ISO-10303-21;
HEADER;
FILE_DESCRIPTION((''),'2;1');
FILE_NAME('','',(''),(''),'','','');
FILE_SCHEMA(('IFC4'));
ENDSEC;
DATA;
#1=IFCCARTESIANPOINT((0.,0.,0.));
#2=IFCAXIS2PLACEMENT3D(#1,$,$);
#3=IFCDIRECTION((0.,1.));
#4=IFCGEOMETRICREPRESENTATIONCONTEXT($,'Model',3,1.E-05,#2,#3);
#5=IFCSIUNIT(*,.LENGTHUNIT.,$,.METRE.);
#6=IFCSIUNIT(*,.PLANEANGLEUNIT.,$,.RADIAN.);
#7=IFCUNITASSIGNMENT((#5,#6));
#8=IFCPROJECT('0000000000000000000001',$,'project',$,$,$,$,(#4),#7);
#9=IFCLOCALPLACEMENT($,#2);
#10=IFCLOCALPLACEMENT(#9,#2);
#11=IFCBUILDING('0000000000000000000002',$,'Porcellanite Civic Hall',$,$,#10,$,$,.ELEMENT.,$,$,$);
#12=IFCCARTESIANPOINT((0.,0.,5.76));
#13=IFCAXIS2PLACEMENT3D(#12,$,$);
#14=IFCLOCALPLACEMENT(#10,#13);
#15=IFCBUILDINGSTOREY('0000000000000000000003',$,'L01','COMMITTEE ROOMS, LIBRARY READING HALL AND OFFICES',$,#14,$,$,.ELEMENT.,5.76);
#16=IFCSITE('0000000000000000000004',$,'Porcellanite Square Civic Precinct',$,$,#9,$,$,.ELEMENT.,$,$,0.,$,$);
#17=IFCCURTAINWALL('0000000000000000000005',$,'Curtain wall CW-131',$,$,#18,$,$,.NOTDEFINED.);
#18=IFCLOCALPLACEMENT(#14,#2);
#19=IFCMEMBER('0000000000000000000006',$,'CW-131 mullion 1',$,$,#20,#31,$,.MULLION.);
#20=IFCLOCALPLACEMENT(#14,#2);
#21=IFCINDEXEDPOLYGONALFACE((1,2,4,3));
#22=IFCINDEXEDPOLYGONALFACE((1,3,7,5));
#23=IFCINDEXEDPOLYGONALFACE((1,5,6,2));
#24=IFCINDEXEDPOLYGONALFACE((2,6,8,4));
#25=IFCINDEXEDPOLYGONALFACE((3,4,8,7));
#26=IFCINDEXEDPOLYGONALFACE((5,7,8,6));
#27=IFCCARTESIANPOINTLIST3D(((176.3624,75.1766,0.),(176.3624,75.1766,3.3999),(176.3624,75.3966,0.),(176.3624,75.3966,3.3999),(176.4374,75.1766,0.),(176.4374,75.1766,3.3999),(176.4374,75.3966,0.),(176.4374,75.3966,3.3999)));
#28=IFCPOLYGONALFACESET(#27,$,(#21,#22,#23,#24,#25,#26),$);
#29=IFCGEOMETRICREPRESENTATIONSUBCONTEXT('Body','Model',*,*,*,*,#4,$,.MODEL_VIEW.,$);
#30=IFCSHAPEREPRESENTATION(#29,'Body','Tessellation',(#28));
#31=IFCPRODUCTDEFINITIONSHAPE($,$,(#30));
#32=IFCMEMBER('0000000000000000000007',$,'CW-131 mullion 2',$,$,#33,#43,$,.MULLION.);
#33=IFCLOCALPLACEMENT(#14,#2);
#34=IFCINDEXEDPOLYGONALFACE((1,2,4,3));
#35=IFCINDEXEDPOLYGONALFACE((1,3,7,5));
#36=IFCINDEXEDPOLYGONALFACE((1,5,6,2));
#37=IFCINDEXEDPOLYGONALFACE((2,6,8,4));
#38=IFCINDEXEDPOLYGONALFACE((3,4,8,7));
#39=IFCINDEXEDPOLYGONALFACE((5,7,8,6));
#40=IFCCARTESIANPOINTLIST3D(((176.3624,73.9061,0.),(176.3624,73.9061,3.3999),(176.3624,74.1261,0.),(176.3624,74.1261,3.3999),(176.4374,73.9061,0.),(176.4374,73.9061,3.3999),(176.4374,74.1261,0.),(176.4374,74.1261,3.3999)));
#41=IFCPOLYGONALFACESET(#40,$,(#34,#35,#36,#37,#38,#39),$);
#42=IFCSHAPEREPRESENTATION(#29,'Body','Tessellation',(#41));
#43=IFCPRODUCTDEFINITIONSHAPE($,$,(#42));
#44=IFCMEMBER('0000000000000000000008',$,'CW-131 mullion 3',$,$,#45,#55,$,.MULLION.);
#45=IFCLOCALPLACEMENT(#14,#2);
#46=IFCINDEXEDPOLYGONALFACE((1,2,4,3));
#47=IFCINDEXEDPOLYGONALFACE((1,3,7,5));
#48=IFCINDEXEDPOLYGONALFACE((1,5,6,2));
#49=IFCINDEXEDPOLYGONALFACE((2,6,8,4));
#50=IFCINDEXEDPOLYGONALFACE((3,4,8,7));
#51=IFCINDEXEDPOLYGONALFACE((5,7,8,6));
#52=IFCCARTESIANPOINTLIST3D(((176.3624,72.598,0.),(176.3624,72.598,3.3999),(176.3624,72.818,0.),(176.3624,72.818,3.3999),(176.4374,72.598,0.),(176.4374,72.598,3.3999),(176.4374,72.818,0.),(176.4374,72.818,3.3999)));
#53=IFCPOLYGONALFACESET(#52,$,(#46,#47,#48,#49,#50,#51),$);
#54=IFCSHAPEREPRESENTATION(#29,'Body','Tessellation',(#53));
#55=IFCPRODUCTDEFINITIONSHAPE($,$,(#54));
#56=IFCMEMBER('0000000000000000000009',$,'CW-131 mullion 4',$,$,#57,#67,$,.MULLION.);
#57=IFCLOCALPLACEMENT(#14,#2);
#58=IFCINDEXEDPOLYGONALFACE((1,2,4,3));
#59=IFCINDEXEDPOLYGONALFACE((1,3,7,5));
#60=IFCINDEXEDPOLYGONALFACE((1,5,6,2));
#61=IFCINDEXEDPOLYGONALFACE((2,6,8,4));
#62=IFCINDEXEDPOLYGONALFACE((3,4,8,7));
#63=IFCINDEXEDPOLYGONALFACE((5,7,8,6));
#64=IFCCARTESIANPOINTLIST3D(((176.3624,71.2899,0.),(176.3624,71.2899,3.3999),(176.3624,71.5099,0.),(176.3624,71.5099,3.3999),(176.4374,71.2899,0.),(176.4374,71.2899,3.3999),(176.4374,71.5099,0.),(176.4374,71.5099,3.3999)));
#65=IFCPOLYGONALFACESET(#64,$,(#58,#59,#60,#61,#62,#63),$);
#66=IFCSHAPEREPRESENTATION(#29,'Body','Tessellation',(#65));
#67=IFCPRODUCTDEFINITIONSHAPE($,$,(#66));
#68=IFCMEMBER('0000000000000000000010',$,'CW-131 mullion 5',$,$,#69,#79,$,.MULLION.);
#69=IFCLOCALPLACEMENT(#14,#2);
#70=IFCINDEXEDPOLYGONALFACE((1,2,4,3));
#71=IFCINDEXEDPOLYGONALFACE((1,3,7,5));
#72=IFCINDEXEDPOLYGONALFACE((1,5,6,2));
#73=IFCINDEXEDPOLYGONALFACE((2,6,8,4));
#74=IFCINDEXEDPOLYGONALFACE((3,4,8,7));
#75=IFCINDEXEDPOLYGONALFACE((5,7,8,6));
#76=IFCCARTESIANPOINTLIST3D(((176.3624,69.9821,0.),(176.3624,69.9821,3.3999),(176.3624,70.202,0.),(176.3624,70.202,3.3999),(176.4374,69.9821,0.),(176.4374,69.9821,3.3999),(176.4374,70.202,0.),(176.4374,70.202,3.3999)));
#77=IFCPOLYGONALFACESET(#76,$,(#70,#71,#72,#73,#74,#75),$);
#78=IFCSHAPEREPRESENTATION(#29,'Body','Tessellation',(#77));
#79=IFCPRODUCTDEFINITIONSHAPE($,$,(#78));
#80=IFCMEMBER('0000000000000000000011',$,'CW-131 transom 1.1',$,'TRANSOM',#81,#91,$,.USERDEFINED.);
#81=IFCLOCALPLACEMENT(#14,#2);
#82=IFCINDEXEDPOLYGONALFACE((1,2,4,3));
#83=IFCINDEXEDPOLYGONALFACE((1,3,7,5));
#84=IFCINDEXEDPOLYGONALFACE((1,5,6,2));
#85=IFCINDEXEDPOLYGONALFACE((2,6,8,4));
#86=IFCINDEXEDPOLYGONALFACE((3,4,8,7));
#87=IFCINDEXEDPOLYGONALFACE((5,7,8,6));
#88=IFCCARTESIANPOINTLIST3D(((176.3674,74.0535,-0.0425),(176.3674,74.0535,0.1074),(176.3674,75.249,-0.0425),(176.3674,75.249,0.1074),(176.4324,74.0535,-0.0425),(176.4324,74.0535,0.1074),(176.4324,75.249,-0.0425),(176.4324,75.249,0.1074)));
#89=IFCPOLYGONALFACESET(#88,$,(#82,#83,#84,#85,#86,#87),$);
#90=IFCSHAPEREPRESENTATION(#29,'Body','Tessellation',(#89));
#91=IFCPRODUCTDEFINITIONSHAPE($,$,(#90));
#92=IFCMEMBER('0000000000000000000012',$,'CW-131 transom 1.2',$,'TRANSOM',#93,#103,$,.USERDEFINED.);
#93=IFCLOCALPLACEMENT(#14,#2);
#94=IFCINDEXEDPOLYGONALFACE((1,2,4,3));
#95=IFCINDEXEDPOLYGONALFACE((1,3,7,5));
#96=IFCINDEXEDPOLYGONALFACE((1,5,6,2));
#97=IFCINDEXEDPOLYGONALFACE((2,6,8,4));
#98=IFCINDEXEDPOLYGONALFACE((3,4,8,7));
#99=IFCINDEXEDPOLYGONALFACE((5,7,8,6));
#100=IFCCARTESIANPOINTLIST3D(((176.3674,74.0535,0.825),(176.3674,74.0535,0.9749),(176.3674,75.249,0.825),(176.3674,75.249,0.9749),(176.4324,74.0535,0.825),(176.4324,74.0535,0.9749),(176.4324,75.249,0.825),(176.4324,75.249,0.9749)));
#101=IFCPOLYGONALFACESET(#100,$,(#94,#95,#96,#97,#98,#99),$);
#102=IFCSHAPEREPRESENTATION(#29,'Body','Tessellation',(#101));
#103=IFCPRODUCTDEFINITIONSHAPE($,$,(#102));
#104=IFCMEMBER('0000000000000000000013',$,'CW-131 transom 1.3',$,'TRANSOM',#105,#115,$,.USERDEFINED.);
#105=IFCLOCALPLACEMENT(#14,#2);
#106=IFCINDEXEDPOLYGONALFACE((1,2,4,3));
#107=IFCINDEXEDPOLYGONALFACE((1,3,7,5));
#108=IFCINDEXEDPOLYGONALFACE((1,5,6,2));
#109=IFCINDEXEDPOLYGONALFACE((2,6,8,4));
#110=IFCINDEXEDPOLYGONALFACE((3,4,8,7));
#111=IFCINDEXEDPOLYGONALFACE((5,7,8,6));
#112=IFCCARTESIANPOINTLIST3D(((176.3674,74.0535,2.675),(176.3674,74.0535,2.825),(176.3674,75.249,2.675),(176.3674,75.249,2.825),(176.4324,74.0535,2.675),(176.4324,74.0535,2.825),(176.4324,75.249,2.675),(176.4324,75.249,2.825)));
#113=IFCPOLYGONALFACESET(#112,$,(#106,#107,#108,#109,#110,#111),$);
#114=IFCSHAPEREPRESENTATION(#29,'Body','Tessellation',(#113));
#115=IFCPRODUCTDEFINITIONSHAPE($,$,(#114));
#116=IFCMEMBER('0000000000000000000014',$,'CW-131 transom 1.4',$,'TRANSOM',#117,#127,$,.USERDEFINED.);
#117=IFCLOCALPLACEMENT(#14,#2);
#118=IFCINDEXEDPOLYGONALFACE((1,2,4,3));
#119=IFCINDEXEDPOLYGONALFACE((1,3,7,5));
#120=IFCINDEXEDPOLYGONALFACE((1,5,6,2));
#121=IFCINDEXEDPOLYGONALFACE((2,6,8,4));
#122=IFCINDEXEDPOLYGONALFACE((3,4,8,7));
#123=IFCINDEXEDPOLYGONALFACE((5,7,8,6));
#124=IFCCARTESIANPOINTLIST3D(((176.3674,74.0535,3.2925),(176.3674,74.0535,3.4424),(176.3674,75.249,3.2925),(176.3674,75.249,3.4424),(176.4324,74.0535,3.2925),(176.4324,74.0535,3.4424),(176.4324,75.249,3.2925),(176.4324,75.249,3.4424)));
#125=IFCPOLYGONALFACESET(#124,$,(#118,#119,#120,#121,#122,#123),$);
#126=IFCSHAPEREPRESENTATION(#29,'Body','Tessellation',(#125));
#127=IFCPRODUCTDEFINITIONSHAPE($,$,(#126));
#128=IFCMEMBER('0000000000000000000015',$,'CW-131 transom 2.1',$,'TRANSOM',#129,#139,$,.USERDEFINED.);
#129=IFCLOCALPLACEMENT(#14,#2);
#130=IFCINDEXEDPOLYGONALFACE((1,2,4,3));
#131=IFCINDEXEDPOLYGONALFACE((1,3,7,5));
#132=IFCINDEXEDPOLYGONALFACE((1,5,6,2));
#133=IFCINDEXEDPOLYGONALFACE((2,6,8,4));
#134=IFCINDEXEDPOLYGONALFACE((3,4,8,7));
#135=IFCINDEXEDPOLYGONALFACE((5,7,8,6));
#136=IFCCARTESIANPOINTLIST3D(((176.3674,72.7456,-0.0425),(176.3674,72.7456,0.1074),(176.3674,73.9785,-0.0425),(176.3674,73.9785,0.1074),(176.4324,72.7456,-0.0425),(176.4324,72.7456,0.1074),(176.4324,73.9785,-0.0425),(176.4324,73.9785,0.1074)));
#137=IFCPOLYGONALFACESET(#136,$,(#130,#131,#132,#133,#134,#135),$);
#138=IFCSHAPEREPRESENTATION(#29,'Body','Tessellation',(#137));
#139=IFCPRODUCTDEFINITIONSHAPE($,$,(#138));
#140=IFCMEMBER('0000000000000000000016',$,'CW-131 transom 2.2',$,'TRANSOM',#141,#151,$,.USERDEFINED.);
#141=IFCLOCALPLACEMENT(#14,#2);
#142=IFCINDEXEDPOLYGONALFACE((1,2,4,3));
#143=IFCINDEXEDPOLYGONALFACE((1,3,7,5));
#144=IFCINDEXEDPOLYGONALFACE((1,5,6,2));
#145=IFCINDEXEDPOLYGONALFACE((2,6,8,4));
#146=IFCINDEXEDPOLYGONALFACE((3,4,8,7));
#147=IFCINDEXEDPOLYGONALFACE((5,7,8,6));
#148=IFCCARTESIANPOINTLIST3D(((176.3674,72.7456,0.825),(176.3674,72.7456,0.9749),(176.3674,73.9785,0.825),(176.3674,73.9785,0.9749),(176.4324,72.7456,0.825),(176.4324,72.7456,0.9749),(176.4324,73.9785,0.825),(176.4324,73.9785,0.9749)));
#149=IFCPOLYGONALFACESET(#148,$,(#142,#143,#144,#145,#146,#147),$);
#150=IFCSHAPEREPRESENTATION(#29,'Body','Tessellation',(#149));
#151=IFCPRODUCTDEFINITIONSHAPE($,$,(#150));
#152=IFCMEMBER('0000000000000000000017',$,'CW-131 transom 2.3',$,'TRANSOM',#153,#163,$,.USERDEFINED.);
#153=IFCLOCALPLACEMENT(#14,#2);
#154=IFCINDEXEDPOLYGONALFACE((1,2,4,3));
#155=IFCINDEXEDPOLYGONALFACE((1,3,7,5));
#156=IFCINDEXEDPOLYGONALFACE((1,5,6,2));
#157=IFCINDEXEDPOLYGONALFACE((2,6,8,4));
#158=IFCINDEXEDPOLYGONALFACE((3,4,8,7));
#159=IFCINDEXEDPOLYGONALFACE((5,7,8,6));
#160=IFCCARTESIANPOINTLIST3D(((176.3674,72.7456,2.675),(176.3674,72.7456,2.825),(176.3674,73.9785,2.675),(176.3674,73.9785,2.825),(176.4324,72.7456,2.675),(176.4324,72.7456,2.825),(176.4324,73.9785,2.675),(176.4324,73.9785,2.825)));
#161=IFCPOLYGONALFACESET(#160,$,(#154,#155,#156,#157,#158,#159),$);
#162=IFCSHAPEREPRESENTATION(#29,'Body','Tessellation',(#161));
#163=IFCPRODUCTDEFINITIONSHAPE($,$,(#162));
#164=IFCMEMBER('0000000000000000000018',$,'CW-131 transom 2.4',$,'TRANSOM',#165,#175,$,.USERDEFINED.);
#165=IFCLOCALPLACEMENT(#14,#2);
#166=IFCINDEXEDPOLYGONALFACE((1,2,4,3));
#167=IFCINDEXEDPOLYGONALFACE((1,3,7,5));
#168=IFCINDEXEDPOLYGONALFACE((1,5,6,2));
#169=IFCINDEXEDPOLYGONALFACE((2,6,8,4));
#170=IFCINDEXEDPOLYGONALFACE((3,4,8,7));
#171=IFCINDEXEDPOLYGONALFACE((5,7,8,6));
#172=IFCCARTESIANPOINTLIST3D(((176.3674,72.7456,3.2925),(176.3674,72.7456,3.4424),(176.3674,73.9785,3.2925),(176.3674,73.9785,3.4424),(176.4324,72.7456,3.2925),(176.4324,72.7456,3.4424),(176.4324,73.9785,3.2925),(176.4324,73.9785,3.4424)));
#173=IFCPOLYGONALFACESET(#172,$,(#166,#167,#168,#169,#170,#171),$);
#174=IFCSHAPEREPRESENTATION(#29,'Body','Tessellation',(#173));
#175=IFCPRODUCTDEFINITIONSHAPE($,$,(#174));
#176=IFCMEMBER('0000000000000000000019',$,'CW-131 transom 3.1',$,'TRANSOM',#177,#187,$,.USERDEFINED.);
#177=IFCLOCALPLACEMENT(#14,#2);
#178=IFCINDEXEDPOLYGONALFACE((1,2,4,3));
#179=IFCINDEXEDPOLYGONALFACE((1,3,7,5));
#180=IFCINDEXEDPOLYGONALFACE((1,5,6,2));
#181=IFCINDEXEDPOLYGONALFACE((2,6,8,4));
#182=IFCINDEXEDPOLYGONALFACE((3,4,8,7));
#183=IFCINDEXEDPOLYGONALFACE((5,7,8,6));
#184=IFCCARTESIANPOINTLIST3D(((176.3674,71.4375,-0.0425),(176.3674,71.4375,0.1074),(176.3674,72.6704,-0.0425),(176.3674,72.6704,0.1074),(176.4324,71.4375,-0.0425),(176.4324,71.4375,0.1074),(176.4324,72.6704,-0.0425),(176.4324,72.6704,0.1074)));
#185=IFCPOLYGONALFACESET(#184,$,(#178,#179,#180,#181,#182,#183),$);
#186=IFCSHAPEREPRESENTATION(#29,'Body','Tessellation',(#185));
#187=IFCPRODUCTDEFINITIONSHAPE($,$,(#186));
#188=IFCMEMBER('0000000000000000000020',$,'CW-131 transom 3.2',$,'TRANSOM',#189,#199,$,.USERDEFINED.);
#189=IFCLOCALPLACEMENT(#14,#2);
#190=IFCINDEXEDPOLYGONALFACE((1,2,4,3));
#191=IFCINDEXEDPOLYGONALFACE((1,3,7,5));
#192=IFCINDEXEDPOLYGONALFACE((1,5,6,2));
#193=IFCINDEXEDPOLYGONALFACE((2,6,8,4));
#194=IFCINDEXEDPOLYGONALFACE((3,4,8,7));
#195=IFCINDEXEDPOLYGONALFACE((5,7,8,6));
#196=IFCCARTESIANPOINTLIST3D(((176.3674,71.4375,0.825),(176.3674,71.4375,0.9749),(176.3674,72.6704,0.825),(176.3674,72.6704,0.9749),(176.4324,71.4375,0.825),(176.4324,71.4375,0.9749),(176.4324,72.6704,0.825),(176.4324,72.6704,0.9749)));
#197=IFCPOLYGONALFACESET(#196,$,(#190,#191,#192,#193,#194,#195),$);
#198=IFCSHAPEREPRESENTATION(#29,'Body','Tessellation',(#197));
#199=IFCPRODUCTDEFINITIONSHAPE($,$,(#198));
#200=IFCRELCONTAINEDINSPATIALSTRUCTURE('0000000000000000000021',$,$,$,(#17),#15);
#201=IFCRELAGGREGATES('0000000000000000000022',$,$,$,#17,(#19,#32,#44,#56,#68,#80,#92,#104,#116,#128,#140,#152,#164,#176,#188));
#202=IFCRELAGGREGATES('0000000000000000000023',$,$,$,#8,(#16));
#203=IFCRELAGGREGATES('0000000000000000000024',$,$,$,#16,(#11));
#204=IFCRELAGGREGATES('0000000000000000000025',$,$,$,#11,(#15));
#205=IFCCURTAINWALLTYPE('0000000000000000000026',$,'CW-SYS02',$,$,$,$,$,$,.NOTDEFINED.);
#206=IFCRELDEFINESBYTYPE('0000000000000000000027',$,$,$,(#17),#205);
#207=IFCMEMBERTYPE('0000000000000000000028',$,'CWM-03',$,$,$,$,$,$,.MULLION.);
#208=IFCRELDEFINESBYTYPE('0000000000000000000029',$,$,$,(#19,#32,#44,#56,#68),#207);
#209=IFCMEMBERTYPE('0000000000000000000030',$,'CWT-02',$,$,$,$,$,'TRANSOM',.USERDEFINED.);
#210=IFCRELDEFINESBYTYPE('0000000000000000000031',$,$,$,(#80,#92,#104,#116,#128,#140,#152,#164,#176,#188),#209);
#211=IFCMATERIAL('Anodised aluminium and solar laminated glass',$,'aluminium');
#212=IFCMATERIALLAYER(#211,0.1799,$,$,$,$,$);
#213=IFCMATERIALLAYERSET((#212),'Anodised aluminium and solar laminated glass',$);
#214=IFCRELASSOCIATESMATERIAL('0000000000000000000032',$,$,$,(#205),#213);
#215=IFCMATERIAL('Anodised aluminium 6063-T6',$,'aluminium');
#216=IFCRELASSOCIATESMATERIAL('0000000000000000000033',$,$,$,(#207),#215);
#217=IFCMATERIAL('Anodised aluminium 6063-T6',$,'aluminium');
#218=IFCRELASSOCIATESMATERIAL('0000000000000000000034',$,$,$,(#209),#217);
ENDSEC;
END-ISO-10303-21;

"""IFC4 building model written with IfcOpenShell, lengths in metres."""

from ifc_helpers import new_model, si_unit, direction, frame, origin, origin_2d, place, context, subcontext, project, spatial, rectangle, extrude, material, layer, layer_set, material_profile, profile_set, type_object, element, aggregate, save


model = new_model("IFC4")

# Units and contexts
model_context = context("Model", 3, precision=1e-05, world=origin(), true_north=direction((0.0, 1.0)))
body_context = subcontext(model_context, "Body", "Model", "MODEL_VIEW")
ifc_project = project(units=[si_unit("LENGTHUNIT", "METRE"), si_unit("PLANEANGLEUNIT", "RADIAN")], contexts=[model_context])

# Site, building, storey
site_placement = place(None, origin())
site = spatial("IfcSite", under=ifc_project, at=site_placement, Name="Porcellanite Square Civic Precinct", CompositionType="ELEMENT", RefElevation=0.0)
building_placement = place(site_placement, origin())
building = spatial("IfcBuilding", under=site, at=building_placement, Name="Porcellanite Civic Hall", CompositionType="ELEMENT")
storey_placement = place(building_placement, frame((0.0, 0.0, 5.76)))
storey = spatial("IfcBuildingStorey", under=building, at=storey_placement, Name="L01", Description="COMMITTEE ROOMS, LIBRARY READING HALL AND OFFICES", CompositionType="ELEMENT", Elevation=5.76)

# Curtain wall, members
ifc_material_1 = material(Name="Anodised aluminium and solar laminated glass", Category="aluminium")
ifc_layer_1 = layer(ifc_material_1, 0.1799)
ifc_layer_set_1 = layer_set([ifc_layer_1], Name="Anodised aluminium and solar laminated glass")
curtain_wall_type = type_object("IfcCurtainWallType", Name="CW-SYS02", PredefinedType="NOTDEFINED", material=ifc_layer_set_1)
curtain_wall_placement = place(storey_placement, origin())
curtain_wall = element("IfcCurtainWall", 1, at=curtain_wall_placement, inside=storey, type_object=curtain_wall_type, Name="Curtain wall CW-131", PredefinedType="NOTDEFINED")
ifc_material_2 = material(Name="Anodised aluminium 6063-T6", Category="aluminium")
ifc_material_profile_1 = material_profile(ifc_material_2, rectangle(XDim=0.075, YDim=0.22, at=origin_2d()), Name="AL-75x220")
ifc_profile_set_1 = profile_set([ifc_material_profile_1], Name="Anodised aluminium 6063-T6")
member_type_1 = type_object("IfcMemberType", Name="CWM-03", PredefinedType="MULLION", material=ifc_profile_set_1)
member_1_placement = place(storey_placement, frame((176.3999, 75.2866, 0.0), z_axis=(0.0, 0.0, 1.0), x_axis=(1.0, 0.0, 0.0)))
member_1 = element("IfcMember", 2, at=member_1_placement, type_object=member_type_1, Name="CW-131 mullion 1", PredefinedType="MULLION", context=body_context, shape_type="SweptSolid", body=[
    extrude(rectangle(XDim=0.075, YDim=0.22, at=origin_2d()), origin(), (0.0, 0.0, 1.0), 3.3999),
])
member_2_placement = place(storey_placement, frame((176.3999, 74.0161, 0.0), z_axis=(0.0, 0.0, 1.0), x_axis=(1.0, 0.0, 0.0)))
member_2 = element("IfcMember", 3, at=member_2_placement, type_object=member_type_1, Name="CW-131 mullion 2", PredefinedType="MULLION", context=body_context, shape_type="SweptSolid", body=[
    extrude(rectangle(XDim=0.075, YDim=0.22, at=origin_2d()), origin(), (0.0, 0.0, 1.0), 3.3999),
])
member_3_placement = place(storey_placement, frame((176.3999, 72.708, 0.0), z_axis=(0.0, 0.0, 1.0), x_axis=(1.0, 0.0, 0.0)))
member_3 = element("IfcMember", 4, at=member_3_placement, type_object=member_type_1, Name="CW-131 mullion 3", PredefinedType="MULLION", context=body_context, shape_type="SweptSolid", body=[
    extrude(rectangle(XDim=0.075, YDim=0.22, at=origin_2d()), origin(), (0.0, 0.0, 1.0), 3.3999),
])
member_4_placement = place(storey_placement, frame((176.3999, 71.3999, 0.0), z_axis=(0.0, 0.0, 1.0), x_axis=(1.0, 0.0, 0.0)))
member_4 = element("IfcMember", 5, at=member_4_placement, type_object=member_type_1, Name="CW-131 mullion 4", PredefinedType="MULLION", context=body_context, shape_type="SweptSolid", body=[
    extrude(rectangle(XDim=0.075, YDim=0.22, at=origin_2d()), origin(), (0.0, 0.0, 1.0), 3.3999),
])
member_5_placement = place(storey_placement, frame((176.3999, 70.092, 0.0), z_axis=(0.0, 0.0, 1.0), x_axis=(1.0, 0.0, 0.0)))
member_5 = element("IfcMember", 6, at=member_5_placement, type_object=member_type_1, Name="CW-131 mullion 5", PredefinedType="MULLION", context=body_context, shape_type="SweptSolid", body=[
    extrude(rectangle(XDim=0.075, YDim=0.22, at=origin_2d()), origin(), (0.0, 0.0, 1.0), 3.3999),
])
ifc_material_3 = material(Name="Anodised aluminium 6063-T6", Category="aluminium")
ifc_material_profile_2 = material_profile(ifc_material_3, rectangle(XDim=0.0649, YDim=0.1499, at=origin_2d()), Name="AL-65x150")
ifc_profile_set_2 = profile_set([ifc_material_profile_2], Name="Anodised aluminium 6063-T6")
member_type_2 = type_object("IfcMemberType", Name="CWT-02", ElementType="TRANSOM", PredefinedType="USERDEFINED", material=ifc_profile_set_2)
member_6_placement = place(storey_placement, frame((176.3999, 75.249, 0.0325), z_axis=(0.0, -1.0, 0.0), x_axis=(1.0, 0.0, 0.0)))
member_6 = element("IfcMember", 7, at=member_6_placement, type_object=member_type_2, Name="CW-131 transom 1.1", ObjectType="TRANSOM", PredefinedType="USERDEFINED", context=body_context, shape_type="SweptSolid", body=[
    extrude(rectangle(XDim=0.0649, YDim=0.1499, at=origin_2d()), origin(), (0.0, 0.0, 1.0), 1.1956),
])
member_7_placement = place(storey_placement, frame((176.3999, 75.249, 0.8999), z_axis=(0.0, -1.0, 0.0), x_axis=(1.0, 0.0, 0.0)))
member_7 = element("IfcMember", 8, at=member_7_placement, type_object=member_type_2, Name="CW-131 transom 1.2", ObjectType="TRANSOM", PredefinedType="USERDEFINED", context=body_context, shape_type="SweptSolid", body=[
    extrude(rectangle(XDim=0.0649, YDim=0.1499, at=origin_2d()), origin(), (0.0, 0.0, 1.0), 1.1956),
])
member_8_placement = place(storey_placement, frame((176.3999, 75.249, 2.75), z_axis=(0.0, -1.0, 0.0), x_axis=(1.0, 0.0, 0.0)))
member_8 = element("IfcMember", 9, at=member_8_placement, type_object=member_type_2, Name="CW-131 transom 1.3", ObjectType="TRANSOM", PredefinedType="USERDEFINED", context=body_context, shape_type="SweptSolid", body=[
    extrude(rectangle(XDim=0.0649, YDim=0.1499, at=origin_2d()), origin(), (0.0, 0.0, 1.0), 1.1956),
])
member_9_placement = place(storey_placement, frame((176.3999, 75.249, 3.3674), z_axis=(0.0, -1.0, 0.0), x_axis=(1.0, 0.0, 0.0)))
member_9 = element("IfcMember", 10, at=member_9_placement, type_object=member_type_2, Name="CW-131 transom 1.4", ObjectType="TRANSOM", PredefinedType="USERDEFINED", context=body_context, shape_type="SweptSolid", body=[
    extrude(rectangle(XDim=0.0649, YDim=0.1499, at=origin_2d()), origin(), (0.0, 0.0, 1.0), 1.1956),
])
member_10_placement = place(storey_placement, frame((176.3999, 73.9785, 0.0325), z_axis=(0.0, -1.0, 0.0), x_axis=(1.0, 0.0, 0.0)))
member_10 = element("IfcMember", 11, at=member_10_placement, type_object=member_type_2, Name="CW-131 transom 2.1", ObjectType="TRANSOM", PredefinedType="USERDEFINED", context=body_context, shape_type="SweptSolid", body=[
    extrude(rectangle(XDim=0.0649, YDim=0.1499, at=origin_2d()), origin(), (0.0, 0.0, 1.0), 1.2329),
])
member_11_placement = place(storey_placement, frame((176.3999, 73.9785, 0.8999), z_axis=(0.0, -1.0, 0.0), x_axis=(1.0, 0.0, 0.0)))
member_11 = element("IfcMember", 12, at=member_11_placement, type_object=member_type_2, Name="CW-131 transom 2.2", ObjectType="TRANSOM", PredefinedType="USERDEFINED", context=body_context, shape_type="SweptSolid", body=[
    extrude(rectangle(XDim=0.0649, YDim=0.1499, at=origin_2d()), origin(), (0.0, 0.0, 1.0), 1.2329),
])
member_12_placement = place(storey_placement, frame((176.3999, 73.9785, 2.75), z_axis=(0.0, -1.0, 0.0), x_axis=(1.0, 0.0, 0.0)))
member_12 = element("IfcMember", 13, at=member_12_placement, type_object=member_type_2, Name="CW-131 transom 2.3", ObjectType="TRANSOM", PredefinedType="USERDEFINED", context=body_context, shape_type="SweptSolid", body=[
    extrude(rectangle(XDim=0.0649, YDim=0.1499, at=origin_2d()), origin(), (0.0, 0.0, 1.0), 1.2329),
])
member_13_placement = place(storey_placement, frame((176.3999, 73.9785, 3.3674), z_axis=(0.0, -1.0, 0.0), x_axis=(1.0, 0.0, 0.0)))
member_13 = element("IfcMember", 14, at=member_13_placement, type_object=member_type_2, Name="CW-131 transom 2.4", ObjectType="TRANSOM", PredefinedType="USERDEFINED", context=body_context, shape_type="SweptSolid", body=[
    extrude(rectangle(XDim=0.0649, YDim=0.1499, at=origin_2d()), origin(), (0.0, 0.0, 1.0), 1.2329),
])
member_14_placement = place(storey_placement, frame((176.3999, 72.6704, 0.0325), z_axis=(0.0, -1.0, 0.0), x_axis=(1.0, 0.0, 0.0)))
member_14 = element("IfcMember", 15, at=member_14_placement, type_object=member_type_2, Name="CW-131 transom 3.1", ObjectType="TRANSOM", PredefinedType="USERDEFINED", context=body_context, shape_type="SweptSolid", body=[
    extrude(rectangle(XDim=0.0649, YDim=0.1499, at=origin_2d()), origin(), (0.0, 0.0, 1.0), 1.2329),
])
member_15_placement = place(storey_placement, frame((176.3999, 72.6704, 0.8999), z_axis=(0.0, -1.0, 0.0), x_axis=(1.0, 0.0, 0.0)))
member_15 = element("IfcMember", 16, at=member_15_placement, type_object=member_type_2, Name="CW-131 transom 3.2", ObjectType="TRANSOM", PredefinedType="USERDEFINED", context=body_context, shape_type="SweptSolid", body=[
    extrude(rectangle(XDim=0.0649, YDim=0.1499, at=origin_2d()), origin(), (0.0, 0.0, 1.0), 1.2329),
])

aggregate(curtain_wall, [member_1, member_2, member_3, member_4, member_5, member_6, member_7, member_8, member_9, member_10, member_11, member_12, member_13, member_14, member_15])

save(model, "model.ifc")
